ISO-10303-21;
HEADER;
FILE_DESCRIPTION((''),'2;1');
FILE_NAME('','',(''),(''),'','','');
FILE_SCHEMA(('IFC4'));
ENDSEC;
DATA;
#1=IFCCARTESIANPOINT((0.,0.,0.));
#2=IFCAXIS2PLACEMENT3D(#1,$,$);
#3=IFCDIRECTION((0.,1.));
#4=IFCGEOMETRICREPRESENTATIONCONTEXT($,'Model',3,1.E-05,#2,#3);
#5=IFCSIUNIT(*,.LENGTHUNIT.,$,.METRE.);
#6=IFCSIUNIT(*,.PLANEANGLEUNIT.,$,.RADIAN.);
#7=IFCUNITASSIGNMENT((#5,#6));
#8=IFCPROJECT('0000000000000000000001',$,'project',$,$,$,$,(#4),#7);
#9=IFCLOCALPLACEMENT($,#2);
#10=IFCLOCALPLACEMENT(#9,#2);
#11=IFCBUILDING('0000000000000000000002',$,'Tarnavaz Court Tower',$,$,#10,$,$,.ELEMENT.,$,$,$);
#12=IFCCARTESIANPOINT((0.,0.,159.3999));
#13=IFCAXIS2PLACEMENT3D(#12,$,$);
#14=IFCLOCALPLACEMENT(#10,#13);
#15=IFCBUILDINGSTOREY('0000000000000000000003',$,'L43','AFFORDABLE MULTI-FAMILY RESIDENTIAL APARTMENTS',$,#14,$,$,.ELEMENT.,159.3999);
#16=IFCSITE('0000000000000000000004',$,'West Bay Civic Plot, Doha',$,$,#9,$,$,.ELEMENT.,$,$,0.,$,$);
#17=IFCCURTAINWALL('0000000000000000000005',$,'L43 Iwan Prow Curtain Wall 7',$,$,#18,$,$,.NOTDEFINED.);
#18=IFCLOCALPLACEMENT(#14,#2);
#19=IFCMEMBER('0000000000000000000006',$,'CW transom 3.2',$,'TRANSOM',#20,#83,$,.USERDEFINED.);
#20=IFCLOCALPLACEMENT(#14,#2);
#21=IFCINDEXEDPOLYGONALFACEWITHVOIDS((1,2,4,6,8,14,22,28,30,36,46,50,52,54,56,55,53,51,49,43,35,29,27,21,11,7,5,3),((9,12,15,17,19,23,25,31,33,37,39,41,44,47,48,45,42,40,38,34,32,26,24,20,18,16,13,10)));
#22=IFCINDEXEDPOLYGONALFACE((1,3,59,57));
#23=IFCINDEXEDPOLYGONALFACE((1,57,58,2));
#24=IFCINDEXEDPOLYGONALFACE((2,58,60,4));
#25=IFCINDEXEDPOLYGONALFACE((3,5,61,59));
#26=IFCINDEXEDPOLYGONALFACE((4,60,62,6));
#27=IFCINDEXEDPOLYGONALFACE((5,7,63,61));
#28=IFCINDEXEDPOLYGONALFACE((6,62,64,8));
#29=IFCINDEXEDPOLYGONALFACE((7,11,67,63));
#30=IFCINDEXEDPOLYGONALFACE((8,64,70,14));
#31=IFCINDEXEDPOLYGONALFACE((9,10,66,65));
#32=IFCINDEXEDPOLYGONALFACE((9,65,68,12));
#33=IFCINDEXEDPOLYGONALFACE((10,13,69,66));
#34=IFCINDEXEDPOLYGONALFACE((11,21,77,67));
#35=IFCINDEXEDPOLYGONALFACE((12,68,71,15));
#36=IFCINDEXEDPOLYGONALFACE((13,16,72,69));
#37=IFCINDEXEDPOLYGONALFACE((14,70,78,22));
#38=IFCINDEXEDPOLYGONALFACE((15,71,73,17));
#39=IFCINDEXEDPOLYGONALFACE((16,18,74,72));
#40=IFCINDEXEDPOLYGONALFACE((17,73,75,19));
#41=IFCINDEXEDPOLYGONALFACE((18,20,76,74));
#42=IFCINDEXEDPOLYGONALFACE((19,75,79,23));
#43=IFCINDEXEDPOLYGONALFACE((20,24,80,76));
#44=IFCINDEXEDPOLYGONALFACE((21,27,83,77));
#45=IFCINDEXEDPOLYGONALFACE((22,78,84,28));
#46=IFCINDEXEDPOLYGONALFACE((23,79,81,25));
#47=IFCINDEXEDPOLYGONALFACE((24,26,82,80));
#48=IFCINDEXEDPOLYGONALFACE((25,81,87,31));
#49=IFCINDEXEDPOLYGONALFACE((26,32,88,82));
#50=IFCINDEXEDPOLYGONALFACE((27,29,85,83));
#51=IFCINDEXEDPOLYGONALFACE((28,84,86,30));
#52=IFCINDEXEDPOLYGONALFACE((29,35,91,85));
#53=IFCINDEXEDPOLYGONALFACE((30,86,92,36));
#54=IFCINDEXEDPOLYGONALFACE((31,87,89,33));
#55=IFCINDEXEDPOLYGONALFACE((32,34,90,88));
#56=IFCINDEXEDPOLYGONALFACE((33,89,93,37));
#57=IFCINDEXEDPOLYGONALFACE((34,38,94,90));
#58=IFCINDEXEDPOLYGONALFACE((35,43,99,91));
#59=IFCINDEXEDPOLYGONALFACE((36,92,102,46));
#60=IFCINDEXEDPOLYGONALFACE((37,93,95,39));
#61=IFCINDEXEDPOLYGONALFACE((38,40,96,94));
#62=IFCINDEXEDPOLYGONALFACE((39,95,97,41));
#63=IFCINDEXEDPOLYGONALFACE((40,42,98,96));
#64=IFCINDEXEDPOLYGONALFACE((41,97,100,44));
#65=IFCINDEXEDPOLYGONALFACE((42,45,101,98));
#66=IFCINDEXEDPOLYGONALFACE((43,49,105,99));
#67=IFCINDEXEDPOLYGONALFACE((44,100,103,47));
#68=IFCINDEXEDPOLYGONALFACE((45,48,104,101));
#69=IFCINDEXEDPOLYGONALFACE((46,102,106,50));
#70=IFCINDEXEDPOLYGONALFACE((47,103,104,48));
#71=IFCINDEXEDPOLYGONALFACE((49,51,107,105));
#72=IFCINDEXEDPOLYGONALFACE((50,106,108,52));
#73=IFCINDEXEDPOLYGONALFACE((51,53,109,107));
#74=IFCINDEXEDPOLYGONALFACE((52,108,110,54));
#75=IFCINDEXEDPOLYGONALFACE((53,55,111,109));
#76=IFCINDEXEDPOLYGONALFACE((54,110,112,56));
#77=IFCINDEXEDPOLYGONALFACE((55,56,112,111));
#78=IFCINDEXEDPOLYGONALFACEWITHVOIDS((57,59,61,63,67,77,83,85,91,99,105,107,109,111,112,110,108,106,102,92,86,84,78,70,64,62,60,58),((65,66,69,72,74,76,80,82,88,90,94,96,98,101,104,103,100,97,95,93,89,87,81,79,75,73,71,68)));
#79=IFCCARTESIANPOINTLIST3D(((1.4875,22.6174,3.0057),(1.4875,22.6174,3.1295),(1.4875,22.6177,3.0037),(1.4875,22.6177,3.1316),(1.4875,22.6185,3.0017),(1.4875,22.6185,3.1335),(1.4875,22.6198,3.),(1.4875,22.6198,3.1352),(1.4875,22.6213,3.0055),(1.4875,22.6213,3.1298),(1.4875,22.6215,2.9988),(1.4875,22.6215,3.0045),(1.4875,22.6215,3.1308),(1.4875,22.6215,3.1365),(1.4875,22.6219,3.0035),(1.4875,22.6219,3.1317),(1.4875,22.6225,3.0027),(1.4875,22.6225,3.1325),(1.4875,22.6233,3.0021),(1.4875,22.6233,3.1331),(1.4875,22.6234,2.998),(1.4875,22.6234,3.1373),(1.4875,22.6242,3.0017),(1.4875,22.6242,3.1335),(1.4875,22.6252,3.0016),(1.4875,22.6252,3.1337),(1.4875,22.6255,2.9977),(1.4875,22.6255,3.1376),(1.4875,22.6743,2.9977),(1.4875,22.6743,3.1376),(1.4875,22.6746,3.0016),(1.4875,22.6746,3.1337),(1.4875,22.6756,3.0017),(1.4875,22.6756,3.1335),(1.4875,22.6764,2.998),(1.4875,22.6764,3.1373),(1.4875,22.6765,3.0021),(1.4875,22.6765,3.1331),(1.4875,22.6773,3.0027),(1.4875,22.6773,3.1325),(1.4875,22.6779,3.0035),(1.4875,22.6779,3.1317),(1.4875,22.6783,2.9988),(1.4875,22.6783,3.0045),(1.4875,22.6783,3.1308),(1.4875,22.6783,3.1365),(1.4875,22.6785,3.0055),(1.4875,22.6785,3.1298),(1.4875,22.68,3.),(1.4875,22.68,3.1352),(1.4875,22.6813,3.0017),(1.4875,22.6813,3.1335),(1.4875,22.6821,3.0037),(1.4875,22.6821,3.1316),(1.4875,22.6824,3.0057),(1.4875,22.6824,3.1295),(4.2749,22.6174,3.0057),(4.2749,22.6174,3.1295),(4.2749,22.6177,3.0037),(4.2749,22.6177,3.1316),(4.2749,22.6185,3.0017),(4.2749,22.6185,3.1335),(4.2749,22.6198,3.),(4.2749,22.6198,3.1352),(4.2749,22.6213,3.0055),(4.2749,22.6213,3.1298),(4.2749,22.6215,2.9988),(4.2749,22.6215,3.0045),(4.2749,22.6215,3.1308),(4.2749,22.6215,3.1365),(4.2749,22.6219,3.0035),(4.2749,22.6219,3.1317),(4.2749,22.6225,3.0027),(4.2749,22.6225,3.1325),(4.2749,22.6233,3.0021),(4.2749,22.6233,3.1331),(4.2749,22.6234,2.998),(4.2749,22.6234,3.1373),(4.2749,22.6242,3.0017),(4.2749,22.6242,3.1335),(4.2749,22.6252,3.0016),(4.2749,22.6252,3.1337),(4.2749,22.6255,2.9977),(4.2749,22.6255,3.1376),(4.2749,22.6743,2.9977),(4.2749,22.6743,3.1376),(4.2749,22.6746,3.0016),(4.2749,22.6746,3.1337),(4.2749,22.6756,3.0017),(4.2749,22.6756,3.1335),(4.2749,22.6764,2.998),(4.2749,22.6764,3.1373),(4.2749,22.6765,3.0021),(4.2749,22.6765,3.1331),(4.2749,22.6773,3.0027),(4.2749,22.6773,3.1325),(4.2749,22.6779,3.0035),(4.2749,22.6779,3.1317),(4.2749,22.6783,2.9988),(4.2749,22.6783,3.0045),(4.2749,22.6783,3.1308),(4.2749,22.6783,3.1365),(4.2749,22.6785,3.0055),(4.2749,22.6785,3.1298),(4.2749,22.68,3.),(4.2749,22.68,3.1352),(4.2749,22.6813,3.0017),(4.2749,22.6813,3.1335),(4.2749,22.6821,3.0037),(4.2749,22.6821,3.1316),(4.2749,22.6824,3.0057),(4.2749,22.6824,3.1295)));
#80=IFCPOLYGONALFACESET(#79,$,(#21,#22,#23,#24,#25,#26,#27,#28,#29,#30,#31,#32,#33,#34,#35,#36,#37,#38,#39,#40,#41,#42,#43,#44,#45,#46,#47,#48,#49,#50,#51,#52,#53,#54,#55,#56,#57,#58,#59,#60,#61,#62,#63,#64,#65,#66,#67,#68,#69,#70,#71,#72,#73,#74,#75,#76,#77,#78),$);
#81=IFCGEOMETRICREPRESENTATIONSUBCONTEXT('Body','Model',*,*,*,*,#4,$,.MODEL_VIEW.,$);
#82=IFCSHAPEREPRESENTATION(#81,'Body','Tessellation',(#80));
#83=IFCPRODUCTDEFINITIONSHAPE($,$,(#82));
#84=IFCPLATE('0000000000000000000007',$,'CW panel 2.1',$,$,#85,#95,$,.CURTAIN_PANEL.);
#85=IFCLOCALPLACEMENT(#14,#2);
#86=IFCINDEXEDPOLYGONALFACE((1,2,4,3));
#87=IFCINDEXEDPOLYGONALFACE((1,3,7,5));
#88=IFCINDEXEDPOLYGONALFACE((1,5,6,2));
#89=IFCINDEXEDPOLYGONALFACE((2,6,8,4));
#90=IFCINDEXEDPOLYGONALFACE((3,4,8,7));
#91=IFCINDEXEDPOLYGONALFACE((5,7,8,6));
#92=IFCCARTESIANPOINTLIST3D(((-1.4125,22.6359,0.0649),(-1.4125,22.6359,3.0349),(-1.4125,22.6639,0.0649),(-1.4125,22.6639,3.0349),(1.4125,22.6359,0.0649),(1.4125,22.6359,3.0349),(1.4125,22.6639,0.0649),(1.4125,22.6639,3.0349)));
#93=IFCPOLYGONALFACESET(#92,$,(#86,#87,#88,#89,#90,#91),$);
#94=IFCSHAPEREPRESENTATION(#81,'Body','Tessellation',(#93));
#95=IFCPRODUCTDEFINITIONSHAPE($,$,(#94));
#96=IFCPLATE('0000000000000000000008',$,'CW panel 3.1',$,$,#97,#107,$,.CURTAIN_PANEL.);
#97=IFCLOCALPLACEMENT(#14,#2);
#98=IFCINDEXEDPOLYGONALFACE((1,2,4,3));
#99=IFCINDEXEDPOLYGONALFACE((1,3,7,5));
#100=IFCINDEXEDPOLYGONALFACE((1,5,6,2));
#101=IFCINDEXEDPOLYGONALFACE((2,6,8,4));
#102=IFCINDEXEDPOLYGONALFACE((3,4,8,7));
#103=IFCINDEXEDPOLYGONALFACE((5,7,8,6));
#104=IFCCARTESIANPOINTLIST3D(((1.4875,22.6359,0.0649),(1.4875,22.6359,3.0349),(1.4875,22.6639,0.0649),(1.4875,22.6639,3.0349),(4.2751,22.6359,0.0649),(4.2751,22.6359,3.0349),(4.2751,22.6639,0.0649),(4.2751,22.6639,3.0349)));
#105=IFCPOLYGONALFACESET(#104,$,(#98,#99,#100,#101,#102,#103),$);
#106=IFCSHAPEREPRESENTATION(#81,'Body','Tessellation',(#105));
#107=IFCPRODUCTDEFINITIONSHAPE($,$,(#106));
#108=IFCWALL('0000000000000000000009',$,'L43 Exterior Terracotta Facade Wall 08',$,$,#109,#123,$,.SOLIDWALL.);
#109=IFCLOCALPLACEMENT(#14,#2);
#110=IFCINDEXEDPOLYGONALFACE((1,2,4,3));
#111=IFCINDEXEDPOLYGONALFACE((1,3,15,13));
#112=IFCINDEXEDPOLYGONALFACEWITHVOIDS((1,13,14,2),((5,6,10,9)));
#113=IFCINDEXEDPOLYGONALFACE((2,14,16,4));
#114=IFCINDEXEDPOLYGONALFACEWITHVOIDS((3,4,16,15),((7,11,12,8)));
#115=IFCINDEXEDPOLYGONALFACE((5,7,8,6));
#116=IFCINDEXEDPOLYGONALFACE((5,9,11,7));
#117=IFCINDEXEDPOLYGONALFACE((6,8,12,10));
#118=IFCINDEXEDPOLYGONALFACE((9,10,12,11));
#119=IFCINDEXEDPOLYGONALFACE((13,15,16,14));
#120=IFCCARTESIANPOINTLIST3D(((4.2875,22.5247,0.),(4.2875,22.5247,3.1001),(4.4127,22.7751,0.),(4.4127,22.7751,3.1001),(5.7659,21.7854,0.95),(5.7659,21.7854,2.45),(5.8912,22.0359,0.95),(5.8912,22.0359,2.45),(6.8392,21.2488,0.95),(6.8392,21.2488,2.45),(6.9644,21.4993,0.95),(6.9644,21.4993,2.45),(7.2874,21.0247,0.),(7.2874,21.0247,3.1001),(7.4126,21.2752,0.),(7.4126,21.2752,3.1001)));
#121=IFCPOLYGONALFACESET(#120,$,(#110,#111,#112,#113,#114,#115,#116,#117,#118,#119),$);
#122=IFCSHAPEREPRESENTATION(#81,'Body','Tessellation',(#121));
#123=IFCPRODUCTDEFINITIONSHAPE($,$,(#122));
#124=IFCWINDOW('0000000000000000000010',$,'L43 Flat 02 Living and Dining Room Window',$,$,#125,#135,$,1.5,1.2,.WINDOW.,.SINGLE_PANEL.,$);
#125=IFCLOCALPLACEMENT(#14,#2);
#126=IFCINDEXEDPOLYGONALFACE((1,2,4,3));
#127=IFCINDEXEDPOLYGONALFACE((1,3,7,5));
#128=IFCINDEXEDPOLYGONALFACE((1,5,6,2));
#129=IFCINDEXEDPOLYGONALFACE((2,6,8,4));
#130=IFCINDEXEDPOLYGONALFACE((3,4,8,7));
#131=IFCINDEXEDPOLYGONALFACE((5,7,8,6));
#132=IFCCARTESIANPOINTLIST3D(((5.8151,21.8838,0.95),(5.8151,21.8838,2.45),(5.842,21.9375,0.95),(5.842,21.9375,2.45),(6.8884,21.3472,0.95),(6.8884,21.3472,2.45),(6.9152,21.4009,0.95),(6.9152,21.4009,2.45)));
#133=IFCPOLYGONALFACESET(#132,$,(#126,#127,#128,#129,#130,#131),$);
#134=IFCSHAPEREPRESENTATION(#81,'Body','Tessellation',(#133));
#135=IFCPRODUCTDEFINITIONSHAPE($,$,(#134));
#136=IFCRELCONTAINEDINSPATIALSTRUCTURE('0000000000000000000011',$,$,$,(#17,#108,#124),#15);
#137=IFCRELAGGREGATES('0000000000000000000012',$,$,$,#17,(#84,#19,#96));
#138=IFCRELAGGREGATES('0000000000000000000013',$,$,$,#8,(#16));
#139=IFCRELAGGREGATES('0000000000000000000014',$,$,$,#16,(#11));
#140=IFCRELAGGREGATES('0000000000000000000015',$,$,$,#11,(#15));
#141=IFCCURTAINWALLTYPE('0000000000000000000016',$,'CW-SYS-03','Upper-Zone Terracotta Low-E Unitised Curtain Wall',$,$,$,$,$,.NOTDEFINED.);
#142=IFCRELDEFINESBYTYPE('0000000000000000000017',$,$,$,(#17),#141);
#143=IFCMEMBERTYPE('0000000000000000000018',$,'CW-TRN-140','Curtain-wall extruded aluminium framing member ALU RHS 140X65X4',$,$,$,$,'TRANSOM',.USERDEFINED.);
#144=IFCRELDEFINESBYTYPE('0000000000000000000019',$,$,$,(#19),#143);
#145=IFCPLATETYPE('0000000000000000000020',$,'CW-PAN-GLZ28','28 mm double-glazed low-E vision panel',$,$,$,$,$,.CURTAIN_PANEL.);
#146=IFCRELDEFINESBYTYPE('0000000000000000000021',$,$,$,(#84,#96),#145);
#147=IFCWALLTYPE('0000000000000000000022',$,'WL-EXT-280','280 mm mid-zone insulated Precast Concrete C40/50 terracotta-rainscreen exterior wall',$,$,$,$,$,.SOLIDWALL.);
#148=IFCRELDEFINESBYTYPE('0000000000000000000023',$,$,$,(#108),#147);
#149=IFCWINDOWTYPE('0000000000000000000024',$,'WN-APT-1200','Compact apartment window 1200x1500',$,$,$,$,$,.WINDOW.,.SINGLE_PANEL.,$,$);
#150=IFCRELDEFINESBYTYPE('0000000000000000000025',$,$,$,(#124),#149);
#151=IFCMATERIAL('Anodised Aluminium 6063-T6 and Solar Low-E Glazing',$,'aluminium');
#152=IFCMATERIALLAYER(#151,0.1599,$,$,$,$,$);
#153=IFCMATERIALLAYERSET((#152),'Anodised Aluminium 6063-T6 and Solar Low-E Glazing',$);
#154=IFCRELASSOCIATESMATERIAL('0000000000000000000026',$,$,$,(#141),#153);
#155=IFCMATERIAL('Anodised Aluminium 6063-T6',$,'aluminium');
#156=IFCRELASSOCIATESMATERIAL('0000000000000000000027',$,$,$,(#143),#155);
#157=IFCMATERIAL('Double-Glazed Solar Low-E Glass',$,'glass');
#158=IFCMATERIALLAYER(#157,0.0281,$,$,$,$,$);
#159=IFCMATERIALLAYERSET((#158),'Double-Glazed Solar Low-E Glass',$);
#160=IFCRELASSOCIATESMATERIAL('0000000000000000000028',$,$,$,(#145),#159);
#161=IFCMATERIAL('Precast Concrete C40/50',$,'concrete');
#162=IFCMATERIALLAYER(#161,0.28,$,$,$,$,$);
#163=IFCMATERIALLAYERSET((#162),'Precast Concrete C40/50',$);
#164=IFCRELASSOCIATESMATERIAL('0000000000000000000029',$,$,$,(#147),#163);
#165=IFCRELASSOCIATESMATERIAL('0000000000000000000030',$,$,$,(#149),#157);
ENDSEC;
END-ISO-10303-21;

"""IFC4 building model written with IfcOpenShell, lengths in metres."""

from ifc_helpers import new_model, si_unit, direction, frame, frame_2d, origin, origin_2d, place, context, subcontext, project, spatial, rectangle, hollow_rectangle, extrude, material, layer, layer_set, material_profile, profile_set, type_object, element, fill, aggregate, save


model = new_model("IFC4")

# Units and contexts
model_context = context("Model", 3, precision=1e-05, world=origin(), true_north=direction((0.0, 1.0)))
body_context = subcontext(model_context, "Body", "Model", "MODEL_VIEW")
ifc_project = project(units=[si_unit("LENGTHUNIT", "METRE"), si_unit("PLANEANGLEUNIT", "RADIAN")], contexts=[model_context])

# Site, building, storey
site_placement = place(None, origin())
site = spatial("IfcSite", under=ifc_project, at=site_placement, Name="West Bay Civic Plot, Doha", CompositionType="ELEMENT", RefElevation=0.0)
building_placement = place(site_placement, origin())
building = spatial("IfcBuilding", under=site, at=building_placement, Name="Tarnavaz Court Tower", CompositionType="ELEMENT")
storey_placement = place(building_placement, frame((0.0, 0.0, 159.3999)))
storey = spatial("IfcBuildingStorey", under=building, at=storey_placement, Name="L43", Description="AFFORDABLE MULTI-FAMILY RESIDENTIAL APARTMENTS", CompositionType="ELEMENT", Elevation=159.3999)

# Curtain wall, member, plates
ifc_material_1 = material(Name="Anodised Aluminium 6063-T6 and Solar Low-E Glazing", Category="aluminium")
ifc_layer_1 = layer(ifc_material_1, 0.1599)
ifc_layer_set_1 = layer_set([ifc_layer_1], Name="Anodised Aluminium 6063-T6 and Solar Low-E Glazing")
curtain_wall_type = type_object("IfcCurtainWallType", Name="CW-SYS-03", Description="Upper-Zone Terracotta Low-E Unitised Curtain Wall", PredefinedType="NOTDEFINED", material=ifc_layer_set_1)
curtain_wall_placement = place(storey_placement, origin())
curtain_wall = element("IfcCurtainWall", 1, at=curtain_wall_placement, inside=storey, type_object=curtain_wall_type, Name="L43 Iwan Prow Curtain Wall 7", PredefinedType="NOTDEFINED")
ifc_material_2 = material(Name="Anodised Aluminium 6063-T6", Category="aluminium")
ifc_material_profile_1 = material_profile(ifc_material_2, hollow_rectangle(XDim=0.0649, YDim=0.1399, WallThickness=0.0039, InnerFilletRadius=0.0039, OuterFilletRadius=0.0081, at=origin_2d()), Name="ALU RHS 140X65X4")
ifc_profile_set_1 = profile_set([ifc_material_profile_1], Name="Anodised Aluminium 6063-T6")
member_type_1 = type_object("IfcMemberType", Name="CW-TRN-140", Description="Curtain-wall extruded aluminium framing member ALU RHS 140X65X4", ElementType="TRANSOM", PredefinedType="USERDEFINED", material=ifc_profile_set_1)
member_1_placement = place(storey_placement, frame((1.4875, 22.6499, 3.0676), z_axis=(1.0, 0.0, 0.0), x_axis=(0.0, 1.0, 0.0)))
member_1 = element("IfcMember", 2, at=member_1_placement, type_object=member_type_1, Name="CW transom 3.2", ObjectType="TRANSOM", PredefinedType="USERDEFINED", context=body_context, shape_type="SweptSolid", body=[
    extrude(hollow_rectangle(XDim=0.0649, YDim=0.1399, WallThickness=0.0039, InnerFilletRadius=0.0039, OuterFilletRadius=0.0081, at=origin_2d()), origin(), (0.0, 0.0, 1.0), 2.7874),
])
ifc_material_3 = material(Name="Double-Glazed Solar Low-E Glass", Category="glass")
ifc_layer_2 = layer(ifc_material_3, 0.0281)
ifc_layer_set_2 = layer_set([ifc_layer_2], Name="Double-Glazed Solar Low-E Glass")
plate_type = type_object("IfcPlateType", Name="CW-PAN-GLZ28", Description="28 mm double-glazed low-E vision panel", PredefinedType="CURTAIN_PANEL", material=ifc_layer_set_2)
plate_1_placement = place(storey_placement, frame((0.0, 22.6499, 0.0649), z_axis=(0.0, 0.0, 1.0), x_axis=(1.0, 0.0, 0.0)))
plate_1 = element("IfcPlate", 3, at=plate_1_placement, type_object=plate_type, Name="CW panel 2.1", PredefinedType="CURTAIN_PANEL", context=body_context, shape_type="SweptSolid", body=[
    extrude(rectangle(XDim=2.825, YDim=0.0281, at=origin_2d()), origin(), (0.0, 0.0, 1.0), 2.97),
])
plate_2_placement = place(storey_placement, frame((2.8813, 22.6499, 0.0649), z_axis=(0.0, 0.0, 1.0), x_axis=(1.0, 0.0, 0.0)))
plate_2 = element("IfcPlate", 4, at=plate_2_placement, type_object=plate_type, Name="CW panel 3.1", PredefinedType="CURTAIN_PANEL", context=body_context, shape_type="SweptSolid", body=[
    extrude(rectangle(XDim=2.7876, YDim=0.0281, at=origin_2d()), origin(), (0.0, 0.0, 1.0), 2.97),
])
aggregate(curtain_wall, [plate_1, member_1, plate_2])

# Wall, opening, window
ifc_material_4 = material(Name="Precast Concrete C40/50", Category="concrete")
ifc_layer_3 = layer(ifc_material_4, 0.28)
ifc_layer_set_3 = layer_set([ifc_layer_3], Name="Precast Concrete C40/50")
wall_type_1 = type_object("IfcWallType", Name="WL-EXT-280", Description="280 mm mid-zone insulated Precast Concrete C40/50 terracotta-rainscreen exterior wall", PredefinedType="SOLIDWALL", material=ifc_layer_set_3)
wall_1_placement = place(storey_placement, frame((4.3501, 22.6499, 0.0), z_axis=(0.0, 0.0, 1.0), x_axis=(0.894427, -0.447214, 0.0)))
wall_1 = element("IfcWall", 5, at=wall_1_placement, inside=storey, type_object=wall_type_1, Name="L43 Exterior Terracotta Facade Wall 08", PredefinedType="SOLIDWALL", context=body_context, shape_type="SweptSolid", body=[
    extrude(rectangle(XDim=3.354, YDim=0.28, at=frame_2d((1.677, 0.0))), origin(), (0.0, 0.0, 1.0), 3.1001),
])
opening_1_placement = place(wall_1_placement, frame((1.6528, 0.0, 0.95)))
opening_1 = element("IfcOpeningElement", 6, at=opening_1_placement, cuts=wall_1, PredefinedType="OPENING", context=body_context, shape_type="SweptSolid", body=[
    extrude(rectangle(XDim=1.2, YDim=1.5, at=frame_2d((0.6001, 0.75))), frame((0.0, 0.1499, 0.0), z_axis=(0.0, -1.0, 0.0), x_axis=(1.0, 0.0, 0.0)), (0.0, 0.0, 1.0), 0.3),
])
window_type_1 = type_object("IfcWindowType", Name="WN-APT-1200", Description="Compact apartment window 1200x1500", PartitioningType="SINGLE_PANEL", PredefinedType="WINDOW", material=ifc_material_3)
window_1_placement = place(opening_1_placement, origin())
window_1 = element("IfcWindow", 7, at=window_1_placement, inside=storey, type_object=window_type_1, Name="L43 Flat 02 Living and Dining Room Window", OverallHeight=1.5, OverallWidth=1.2, PartitioningType="SINGLE_PANEL", PredefinedType="WINDOW", context=body_context, shape_type="SweptSolid", body=[
    extrude(rectangle(XDim=1.2, YDim=1.5, at=frame_2d((0.6001, 0.75))), frame((0.0, 0.03, 0.0), z_axis=(0.0, -1.0, 0.0), x_axis=(1.0, 0.0, 0.0)), (0.0, 0.0, 1.0), 0.0601),
])
fill(opening_1, window_1)

save(model, "model.ifc")
